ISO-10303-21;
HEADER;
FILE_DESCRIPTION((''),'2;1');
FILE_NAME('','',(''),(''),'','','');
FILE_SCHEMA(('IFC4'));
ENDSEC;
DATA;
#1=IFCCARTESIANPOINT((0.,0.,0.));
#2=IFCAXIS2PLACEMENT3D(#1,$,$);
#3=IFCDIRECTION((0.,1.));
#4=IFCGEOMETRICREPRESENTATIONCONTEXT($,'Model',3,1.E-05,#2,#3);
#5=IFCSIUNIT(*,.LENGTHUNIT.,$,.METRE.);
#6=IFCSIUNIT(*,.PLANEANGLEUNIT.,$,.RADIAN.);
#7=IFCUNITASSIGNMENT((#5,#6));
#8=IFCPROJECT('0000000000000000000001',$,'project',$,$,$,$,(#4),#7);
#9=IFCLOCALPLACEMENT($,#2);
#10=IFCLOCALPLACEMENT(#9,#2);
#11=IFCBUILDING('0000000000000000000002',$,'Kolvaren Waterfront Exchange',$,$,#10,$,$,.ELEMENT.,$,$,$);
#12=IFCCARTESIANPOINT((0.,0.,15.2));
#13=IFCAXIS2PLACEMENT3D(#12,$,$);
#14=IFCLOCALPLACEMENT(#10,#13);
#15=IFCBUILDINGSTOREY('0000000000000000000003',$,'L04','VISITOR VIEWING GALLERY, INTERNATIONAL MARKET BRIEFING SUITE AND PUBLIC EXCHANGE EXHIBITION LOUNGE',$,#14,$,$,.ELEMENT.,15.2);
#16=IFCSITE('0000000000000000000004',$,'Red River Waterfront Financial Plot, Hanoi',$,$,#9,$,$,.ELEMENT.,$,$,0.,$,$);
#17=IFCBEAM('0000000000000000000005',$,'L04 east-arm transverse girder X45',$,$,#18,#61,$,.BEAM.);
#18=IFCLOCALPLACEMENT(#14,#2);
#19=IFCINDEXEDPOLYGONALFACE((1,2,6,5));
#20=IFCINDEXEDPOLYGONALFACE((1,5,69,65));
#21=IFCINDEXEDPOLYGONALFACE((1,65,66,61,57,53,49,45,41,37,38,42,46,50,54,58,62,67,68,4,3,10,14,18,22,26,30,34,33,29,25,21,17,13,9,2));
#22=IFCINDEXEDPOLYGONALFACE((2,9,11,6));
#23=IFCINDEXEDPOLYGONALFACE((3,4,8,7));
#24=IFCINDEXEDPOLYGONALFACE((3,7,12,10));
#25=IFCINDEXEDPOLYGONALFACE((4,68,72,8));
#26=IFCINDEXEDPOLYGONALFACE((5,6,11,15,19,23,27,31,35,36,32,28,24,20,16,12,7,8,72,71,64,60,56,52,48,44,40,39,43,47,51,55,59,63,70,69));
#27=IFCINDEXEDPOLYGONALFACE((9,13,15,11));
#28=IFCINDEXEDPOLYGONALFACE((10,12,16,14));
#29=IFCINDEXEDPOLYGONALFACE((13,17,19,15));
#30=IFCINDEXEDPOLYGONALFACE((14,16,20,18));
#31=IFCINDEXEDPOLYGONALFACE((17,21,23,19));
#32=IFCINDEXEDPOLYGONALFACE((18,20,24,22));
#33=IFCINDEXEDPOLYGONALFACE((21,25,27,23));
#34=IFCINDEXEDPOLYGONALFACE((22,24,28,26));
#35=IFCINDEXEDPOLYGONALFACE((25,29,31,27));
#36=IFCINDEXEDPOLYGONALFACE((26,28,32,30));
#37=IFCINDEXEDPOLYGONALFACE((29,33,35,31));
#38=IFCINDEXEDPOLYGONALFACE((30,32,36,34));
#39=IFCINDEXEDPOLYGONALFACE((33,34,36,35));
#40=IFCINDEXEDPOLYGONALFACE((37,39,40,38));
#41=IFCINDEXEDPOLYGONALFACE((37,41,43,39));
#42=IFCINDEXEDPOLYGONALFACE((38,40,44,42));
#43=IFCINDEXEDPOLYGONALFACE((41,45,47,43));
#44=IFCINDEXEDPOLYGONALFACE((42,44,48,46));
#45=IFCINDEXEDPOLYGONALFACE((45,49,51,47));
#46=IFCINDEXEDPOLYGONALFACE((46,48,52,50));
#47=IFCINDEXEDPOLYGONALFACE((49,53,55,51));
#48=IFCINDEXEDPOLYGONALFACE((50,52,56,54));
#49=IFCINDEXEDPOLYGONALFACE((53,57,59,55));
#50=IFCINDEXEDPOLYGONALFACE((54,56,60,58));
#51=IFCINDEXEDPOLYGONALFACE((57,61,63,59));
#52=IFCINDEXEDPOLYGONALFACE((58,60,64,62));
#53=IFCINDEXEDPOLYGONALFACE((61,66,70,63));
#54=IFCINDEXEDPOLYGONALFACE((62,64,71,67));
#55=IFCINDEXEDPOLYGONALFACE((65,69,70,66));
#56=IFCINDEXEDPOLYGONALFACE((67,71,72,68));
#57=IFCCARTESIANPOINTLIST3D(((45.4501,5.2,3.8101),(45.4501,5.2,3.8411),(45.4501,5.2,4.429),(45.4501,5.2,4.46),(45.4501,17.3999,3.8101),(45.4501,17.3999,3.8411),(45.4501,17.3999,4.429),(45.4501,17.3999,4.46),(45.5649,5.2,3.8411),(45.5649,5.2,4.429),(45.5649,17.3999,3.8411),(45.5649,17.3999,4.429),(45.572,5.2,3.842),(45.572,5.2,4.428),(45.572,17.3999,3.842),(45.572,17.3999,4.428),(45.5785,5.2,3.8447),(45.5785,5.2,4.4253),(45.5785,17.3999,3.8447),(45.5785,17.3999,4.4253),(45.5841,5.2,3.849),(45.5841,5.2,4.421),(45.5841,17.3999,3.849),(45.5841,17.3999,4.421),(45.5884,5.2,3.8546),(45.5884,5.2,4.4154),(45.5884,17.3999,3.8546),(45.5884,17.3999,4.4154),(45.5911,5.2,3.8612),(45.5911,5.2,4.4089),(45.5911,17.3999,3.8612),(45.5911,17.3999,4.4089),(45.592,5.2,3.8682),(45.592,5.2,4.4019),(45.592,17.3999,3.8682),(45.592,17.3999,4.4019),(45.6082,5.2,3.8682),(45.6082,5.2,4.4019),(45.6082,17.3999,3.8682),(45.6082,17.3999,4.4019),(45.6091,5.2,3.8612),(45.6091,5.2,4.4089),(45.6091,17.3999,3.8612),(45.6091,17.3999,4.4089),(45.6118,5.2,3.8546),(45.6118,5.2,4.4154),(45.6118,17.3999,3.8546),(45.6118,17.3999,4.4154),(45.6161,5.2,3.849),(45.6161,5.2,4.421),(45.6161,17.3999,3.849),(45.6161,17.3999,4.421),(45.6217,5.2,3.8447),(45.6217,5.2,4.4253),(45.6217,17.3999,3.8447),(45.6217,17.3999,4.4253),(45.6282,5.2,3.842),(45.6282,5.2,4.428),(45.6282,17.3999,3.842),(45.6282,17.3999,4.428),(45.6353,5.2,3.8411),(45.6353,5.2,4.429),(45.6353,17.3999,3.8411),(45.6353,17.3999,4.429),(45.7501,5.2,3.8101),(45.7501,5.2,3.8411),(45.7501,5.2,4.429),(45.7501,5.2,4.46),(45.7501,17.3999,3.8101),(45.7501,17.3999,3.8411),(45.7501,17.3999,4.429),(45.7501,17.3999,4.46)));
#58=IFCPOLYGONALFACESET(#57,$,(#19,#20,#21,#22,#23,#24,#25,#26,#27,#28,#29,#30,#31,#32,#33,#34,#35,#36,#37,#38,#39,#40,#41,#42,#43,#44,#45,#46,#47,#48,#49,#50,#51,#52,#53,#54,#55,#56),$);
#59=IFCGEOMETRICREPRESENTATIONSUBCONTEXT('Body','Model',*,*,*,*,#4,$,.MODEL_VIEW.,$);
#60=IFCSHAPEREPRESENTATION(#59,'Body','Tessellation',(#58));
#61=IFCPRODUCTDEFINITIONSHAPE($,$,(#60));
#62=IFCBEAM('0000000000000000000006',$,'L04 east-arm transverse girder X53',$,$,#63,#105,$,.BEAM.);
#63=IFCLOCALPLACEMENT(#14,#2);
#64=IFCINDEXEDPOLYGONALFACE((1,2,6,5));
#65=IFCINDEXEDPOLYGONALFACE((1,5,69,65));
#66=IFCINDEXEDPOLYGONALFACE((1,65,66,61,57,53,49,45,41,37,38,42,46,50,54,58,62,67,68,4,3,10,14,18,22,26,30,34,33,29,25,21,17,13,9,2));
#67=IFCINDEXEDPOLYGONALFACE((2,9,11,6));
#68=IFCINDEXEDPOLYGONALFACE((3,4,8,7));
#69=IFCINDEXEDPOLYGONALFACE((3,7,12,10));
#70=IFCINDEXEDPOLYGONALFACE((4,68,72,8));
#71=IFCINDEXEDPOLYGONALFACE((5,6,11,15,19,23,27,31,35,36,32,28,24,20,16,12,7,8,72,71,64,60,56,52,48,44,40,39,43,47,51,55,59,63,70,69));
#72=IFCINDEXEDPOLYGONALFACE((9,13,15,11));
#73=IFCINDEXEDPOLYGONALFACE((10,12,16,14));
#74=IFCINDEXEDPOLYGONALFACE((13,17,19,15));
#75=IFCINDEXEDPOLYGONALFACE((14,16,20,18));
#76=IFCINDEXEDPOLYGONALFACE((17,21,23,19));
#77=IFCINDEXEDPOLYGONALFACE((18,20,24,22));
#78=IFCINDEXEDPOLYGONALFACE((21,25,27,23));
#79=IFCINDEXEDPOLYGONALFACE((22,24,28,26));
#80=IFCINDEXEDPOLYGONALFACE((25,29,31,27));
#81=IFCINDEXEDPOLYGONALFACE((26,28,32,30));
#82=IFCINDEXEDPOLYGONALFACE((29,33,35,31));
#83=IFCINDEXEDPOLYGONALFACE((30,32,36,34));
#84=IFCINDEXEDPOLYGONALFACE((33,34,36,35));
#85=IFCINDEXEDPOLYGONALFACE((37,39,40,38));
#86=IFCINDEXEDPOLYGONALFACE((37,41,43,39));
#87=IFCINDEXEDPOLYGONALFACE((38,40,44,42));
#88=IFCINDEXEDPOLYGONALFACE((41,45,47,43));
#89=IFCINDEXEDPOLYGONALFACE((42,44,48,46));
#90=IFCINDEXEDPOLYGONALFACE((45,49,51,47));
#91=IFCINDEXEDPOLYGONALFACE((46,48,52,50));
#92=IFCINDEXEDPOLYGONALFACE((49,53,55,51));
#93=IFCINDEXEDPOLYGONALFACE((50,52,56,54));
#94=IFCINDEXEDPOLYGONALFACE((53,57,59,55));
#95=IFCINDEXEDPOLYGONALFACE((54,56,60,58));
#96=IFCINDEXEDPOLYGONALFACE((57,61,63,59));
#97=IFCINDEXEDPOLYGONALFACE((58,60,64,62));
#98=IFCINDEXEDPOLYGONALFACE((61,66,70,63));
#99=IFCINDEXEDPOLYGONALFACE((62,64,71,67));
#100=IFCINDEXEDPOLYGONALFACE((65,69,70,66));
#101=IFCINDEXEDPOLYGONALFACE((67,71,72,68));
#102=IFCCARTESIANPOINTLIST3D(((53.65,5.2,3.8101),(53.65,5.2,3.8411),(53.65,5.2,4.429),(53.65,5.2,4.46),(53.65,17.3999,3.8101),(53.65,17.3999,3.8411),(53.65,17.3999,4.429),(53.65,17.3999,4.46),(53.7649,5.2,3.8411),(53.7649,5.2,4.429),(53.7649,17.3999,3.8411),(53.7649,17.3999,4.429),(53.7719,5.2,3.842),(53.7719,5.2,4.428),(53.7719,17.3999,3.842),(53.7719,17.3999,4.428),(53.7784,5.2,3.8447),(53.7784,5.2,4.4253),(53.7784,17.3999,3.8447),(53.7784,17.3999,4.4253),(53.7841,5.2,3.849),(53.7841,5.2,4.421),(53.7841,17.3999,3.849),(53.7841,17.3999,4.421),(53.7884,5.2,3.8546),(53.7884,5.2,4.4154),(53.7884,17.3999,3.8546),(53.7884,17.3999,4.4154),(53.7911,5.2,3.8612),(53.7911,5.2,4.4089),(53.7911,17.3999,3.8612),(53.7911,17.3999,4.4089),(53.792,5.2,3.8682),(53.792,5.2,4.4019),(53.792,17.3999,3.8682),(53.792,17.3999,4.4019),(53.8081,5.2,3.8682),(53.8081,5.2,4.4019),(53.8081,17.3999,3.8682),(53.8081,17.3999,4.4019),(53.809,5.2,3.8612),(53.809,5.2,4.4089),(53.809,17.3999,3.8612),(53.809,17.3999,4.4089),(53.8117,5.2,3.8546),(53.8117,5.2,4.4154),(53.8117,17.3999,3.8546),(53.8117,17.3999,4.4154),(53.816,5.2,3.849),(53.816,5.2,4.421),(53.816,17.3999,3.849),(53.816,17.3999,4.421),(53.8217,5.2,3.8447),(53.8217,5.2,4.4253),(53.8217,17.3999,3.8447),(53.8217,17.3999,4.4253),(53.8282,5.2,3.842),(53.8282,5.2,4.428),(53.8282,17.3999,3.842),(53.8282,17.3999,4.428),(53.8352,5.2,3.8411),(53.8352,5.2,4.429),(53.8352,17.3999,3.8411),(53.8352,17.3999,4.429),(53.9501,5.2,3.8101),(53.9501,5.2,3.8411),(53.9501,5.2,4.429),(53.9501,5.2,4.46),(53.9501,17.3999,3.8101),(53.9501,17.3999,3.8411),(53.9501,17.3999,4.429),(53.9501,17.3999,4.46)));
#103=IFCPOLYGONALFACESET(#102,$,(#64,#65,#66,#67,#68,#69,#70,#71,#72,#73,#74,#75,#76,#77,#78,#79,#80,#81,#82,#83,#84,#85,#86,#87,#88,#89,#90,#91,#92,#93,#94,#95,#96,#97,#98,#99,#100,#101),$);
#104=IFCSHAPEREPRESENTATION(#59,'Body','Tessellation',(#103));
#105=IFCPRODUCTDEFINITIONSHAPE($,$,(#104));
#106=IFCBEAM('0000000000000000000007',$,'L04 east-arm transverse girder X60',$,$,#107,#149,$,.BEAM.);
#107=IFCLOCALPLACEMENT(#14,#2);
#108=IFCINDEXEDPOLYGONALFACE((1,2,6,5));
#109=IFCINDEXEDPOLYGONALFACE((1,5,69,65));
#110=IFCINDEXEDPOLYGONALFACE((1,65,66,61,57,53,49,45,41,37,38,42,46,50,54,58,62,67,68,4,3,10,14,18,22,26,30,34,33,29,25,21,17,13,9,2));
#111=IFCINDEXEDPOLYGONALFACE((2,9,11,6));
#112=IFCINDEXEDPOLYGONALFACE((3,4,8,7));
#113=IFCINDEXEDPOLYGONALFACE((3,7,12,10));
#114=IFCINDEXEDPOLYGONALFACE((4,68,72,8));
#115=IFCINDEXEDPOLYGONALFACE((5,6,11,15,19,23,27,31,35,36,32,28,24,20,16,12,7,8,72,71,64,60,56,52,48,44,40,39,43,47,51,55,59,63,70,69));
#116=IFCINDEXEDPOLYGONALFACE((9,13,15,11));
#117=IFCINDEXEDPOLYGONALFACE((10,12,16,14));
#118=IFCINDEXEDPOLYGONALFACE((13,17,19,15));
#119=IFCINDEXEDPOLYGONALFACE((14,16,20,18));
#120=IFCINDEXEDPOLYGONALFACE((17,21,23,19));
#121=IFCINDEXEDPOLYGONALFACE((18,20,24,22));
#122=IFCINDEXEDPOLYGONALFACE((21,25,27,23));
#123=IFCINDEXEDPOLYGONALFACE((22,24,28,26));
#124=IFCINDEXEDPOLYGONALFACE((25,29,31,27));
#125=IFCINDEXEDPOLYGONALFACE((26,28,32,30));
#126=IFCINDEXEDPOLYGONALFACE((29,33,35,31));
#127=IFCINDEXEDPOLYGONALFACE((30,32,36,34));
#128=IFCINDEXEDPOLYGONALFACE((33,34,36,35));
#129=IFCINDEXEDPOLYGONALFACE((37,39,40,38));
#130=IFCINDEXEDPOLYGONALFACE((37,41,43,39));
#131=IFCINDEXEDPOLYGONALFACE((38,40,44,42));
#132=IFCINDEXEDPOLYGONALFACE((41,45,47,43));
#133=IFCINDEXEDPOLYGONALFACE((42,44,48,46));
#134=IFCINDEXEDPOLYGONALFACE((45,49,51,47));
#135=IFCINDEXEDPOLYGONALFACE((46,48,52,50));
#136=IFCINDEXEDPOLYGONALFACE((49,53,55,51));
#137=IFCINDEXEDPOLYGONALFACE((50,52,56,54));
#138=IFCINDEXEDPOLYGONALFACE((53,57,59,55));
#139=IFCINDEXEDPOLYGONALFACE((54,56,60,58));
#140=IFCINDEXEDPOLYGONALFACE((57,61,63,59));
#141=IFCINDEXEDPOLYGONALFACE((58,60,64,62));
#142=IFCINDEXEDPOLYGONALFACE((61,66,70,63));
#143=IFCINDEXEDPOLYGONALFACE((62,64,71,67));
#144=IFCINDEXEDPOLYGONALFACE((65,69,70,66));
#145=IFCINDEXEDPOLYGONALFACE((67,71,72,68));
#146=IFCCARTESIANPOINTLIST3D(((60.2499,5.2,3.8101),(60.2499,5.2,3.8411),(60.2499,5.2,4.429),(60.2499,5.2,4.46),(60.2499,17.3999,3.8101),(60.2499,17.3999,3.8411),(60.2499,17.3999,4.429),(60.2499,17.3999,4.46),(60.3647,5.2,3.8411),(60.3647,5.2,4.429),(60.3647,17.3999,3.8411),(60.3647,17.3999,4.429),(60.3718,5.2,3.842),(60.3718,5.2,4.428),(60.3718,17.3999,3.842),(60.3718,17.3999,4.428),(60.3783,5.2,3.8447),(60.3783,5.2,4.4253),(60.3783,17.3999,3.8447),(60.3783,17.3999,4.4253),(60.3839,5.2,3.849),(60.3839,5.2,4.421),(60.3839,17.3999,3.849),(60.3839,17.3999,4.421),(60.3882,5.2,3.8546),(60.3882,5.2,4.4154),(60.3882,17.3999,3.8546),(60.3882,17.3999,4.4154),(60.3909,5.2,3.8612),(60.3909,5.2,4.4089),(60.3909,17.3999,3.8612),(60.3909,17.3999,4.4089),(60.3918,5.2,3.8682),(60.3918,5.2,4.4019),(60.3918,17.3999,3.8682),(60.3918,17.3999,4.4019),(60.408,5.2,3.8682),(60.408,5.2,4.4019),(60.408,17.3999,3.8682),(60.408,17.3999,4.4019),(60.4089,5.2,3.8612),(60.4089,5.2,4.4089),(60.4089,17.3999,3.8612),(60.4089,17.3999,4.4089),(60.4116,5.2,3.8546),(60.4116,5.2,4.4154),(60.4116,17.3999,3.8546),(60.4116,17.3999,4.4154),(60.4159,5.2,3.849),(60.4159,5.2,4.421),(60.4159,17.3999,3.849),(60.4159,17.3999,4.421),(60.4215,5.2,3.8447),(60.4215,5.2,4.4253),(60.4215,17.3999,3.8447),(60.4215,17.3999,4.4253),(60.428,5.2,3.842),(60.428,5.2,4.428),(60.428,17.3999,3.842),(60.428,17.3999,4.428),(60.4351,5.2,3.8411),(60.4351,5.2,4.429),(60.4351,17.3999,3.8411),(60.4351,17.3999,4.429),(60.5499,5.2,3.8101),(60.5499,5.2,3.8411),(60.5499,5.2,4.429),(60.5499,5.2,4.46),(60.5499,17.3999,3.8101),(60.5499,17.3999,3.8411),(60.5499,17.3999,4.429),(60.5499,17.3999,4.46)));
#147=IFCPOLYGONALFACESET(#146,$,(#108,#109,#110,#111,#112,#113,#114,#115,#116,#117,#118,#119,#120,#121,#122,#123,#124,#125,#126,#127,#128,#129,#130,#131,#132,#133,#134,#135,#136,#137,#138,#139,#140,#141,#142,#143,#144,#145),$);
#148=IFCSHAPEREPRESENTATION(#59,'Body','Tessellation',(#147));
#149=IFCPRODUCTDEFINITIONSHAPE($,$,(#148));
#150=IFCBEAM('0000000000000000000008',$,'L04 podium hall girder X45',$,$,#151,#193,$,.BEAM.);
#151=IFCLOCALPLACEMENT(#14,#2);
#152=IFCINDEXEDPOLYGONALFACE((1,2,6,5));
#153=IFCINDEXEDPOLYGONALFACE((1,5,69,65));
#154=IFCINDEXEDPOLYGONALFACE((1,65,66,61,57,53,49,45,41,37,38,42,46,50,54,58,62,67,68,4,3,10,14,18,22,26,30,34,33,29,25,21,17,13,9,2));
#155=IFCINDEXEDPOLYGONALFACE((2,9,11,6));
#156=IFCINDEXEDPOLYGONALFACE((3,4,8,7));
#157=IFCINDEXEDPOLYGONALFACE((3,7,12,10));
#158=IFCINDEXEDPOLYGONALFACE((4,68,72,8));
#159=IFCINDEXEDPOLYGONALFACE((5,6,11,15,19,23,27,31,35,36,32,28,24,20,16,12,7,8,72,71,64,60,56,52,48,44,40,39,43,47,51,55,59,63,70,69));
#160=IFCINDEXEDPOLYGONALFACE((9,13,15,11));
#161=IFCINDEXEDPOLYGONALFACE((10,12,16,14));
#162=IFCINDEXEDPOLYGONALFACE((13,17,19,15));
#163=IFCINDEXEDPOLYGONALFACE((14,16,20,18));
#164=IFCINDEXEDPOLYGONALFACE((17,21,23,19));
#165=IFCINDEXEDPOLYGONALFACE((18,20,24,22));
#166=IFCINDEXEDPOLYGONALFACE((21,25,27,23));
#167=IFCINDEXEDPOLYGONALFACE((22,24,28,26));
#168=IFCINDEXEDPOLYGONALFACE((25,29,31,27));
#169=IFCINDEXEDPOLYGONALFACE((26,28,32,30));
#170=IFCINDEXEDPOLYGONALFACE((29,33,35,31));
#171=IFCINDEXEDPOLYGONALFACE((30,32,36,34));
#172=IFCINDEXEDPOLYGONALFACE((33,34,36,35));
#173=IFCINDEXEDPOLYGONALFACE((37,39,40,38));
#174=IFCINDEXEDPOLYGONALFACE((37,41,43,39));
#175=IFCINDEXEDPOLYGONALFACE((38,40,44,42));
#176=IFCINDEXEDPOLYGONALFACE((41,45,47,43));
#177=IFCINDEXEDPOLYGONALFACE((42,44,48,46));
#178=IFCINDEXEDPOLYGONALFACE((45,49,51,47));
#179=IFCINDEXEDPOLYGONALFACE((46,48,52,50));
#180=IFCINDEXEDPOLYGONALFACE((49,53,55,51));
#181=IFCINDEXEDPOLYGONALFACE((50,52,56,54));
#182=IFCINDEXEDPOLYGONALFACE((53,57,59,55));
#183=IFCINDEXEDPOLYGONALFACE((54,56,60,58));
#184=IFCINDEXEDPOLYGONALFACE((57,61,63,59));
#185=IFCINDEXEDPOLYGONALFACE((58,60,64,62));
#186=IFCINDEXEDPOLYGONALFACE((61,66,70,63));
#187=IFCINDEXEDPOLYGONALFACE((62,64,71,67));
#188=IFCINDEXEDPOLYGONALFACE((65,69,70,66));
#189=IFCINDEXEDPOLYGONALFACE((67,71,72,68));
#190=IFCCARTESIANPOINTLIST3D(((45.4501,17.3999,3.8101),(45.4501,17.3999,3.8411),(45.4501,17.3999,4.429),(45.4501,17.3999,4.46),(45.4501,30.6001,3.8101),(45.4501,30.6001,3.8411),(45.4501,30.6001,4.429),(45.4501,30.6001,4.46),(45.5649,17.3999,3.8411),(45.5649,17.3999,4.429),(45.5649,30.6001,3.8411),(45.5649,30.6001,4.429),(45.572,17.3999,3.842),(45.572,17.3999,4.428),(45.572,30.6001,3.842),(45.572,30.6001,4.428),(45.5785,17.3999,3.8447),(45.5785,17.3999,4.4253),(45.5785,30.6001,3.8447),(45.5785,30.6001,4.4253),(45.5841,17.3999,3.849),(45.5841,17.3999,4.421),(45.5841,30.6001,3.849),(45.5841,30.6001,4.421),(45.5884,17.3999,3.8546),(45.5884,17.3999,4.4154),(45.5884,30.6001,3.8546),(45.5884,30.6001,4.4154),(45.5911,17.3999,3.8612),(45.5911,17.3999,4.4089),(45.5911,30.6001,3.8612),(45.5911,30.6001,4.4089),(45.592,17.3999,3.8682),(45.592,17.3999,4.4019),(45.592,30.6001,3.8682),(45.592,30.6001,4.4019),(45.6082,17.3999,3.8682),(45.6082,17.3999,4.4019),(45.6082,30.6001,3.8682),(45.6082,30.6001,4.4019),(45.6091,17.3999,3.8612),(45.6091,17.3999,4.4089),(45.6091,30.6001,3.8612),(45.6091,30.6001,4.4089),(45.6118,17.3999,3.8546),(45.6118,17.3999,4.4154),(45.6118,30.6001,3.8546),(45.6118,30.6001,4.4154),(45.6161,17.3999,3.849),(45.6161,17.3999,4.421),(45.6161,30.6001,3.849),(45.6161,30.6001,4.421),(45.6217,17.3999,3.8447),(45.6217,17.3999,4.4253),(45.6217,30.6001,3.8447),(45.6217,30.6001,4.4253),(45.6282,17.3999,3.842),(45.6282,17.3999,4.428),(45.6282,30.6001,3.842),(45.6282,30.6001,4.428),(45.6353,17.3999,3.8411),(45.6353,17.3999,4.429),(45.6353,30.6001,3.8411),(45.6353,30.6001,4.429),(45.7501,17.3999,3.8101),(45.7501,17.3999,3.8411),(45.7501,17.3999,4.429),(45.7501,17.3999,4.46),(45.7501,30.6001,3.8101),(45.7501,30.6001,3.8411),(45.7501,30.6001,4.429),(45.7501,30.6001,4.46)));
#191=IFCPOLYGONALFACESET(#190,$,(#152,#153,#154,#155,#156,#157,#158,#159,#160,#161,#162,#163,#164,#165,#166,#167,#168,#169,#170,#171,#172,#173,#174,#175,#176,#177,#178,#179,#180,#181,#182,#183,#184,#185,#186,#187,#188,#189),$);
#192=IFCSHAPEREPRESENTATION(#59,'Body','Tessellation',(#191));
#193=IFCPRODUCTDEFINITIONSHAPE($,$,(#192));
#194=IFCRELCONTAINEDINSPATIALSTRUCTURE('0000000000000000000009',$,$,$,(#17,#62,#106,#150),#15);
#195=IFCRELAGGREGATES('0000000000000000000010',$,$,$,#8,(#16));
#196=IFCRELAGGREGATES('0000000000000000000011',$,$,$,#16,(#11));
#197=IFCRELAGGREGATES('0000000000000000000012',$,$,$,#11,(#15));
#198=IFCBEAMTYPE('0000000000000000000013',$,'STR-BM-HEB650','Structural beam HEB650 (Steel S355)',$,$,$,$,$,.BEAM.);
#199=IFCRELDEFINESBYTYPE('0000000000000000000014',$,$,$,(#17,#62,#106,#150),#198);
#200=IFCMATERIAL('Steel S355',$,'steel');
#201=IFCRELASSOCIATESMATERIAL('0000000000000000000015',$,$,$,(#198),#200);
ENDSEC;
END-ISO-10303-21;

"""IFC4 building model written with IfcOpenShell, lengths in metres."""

from ifc_helpers import new_model, si_unit, direction, frame, origin, origin_2d, place, context, subcontext, project, spatial, i_section, extrude, material, material_profile, profile_set, type_object, element, save


model = new_model("IFC4")

# Units and contexts
model_context = context("Model", 3, precision=1e-05, world=origin(), true_north=direction((0.0, 1.0)))
body_context = subcontext(model_context, "Body", "Model", "MODEL_VIEW")
ifc_project = project(units=[si_unit("LENGTHUNIT", "METRE"), si_unit("PLANEANGLEUNIT", "RADIAN")], contexts=[model_context])

# Site, building, storey
site_placement = place(None, origin())
site = spatial("IfcSite", under=ifc_project, at=site_placement, Name="Red River Waterfront Financial Plot, Hanoi", CompositionType="ELEMENT", RefElevation=0.0)
building_placement = place(site_placement, origin())
building = spatial("IfcBuilding", under=site, at=building_placement, Name="Kolvaren Waterfront Exchange", CompositionType="ELEMENT")
storey_placement = place(building_placement, frame((0.0, 0.0, 15.2)))
storey = spatial("IfcBuildingStorey", under=building, at=storey_placement, Name="L04", Description="VISITOR VIEWING GALLERY, INTERNATIONAL MARKET BRIEFING SUITE AND PUBLIC EXCHANGE EXHIBITION LOUNGE", CompositionType="ELEMENT", Elevation=15.2)

# Beams
ifc_material_1 = material(Name="Steel S355", Category="steel")
ifc_material_profile_1 = material_profile(ifc_material_1, i_section(OverallWidth=0.3, OverallDepth=0.6499, WebThickness=0.0161, FlangeThickness=0.031, FilletRadius=0.0271, at=origin_2d()), Name="HEB650")
ifc_profile_set_1 = profile_set([ifc_material_profile_1], Name="Steel S355")
beam_type_1 = type_object("IfcBeamType", Name="STR-BM-HEB650", Description="Structural beam HEB650 (Steel S355)", PredefinedType="BEAM", material=ifc_profile_set_1)
for number, where, z_axis, x_axis, name in (
    (1, (45.6001, 5.2, 4.135), (0.0, 1.0, 0.0), (-1.0, 0.0, 0.0), "L04 east-arm transverse girder X45"),
    (2, (53.8, 5.2, 4.135), (0.0, 1.0, 0.0), (-1.0, 0.0, 0.0), "L04 east-arm transverse girder X53"),
    (3, (60.3999, 5.2, 4.135), (0.0, 1.0, 0.0), (-1.0, 0.0, 0.0), "L04 east-arm transverse girder X60"),
):
    element("IfcBeam", number, at=place(storey_placement, frame(where, z_axis=z_axis, x_axis=x_axis)), inside=storey, type_object=beam_type_1, Name=name, PredefinedType="BEAM", context=body_context, shape_type="SweptSolid", body=[
        extrude(i_section(OverallWidth=0.3, OverallDepth=0.6499, WebThickness=0.0161, FlangeThickness=0.031, FilletRadius=0.0271, at=origin_2d()), origin(), (0.0, 0.0, 1.0), 12.2),
    ])
for number, where, z_axis, x_axis, name in (
    (4, (45.6001, 17.3999, 4.135), (0.0, 1.0, 0.0), (-1.0, 0.0, 0.0), "L04 podium hall girder X45"),
):
    element("IfcBeam", number, at=place(storey_placement, frame(where, z_axis=z_axis, x_axis=x_axis)), inside=storey, type_object=beam_type_1, Name=name, PredefinedType="BEAM", context=body_context, shape_type="SweptSolid", body=[
        extrude(i_section(OverallWidth=0.3, OverallDepth=0.6499, WebThickness=0.0161, FlangeThickness=0.031, FilletRadius=0.0271, at=origin_2d()), origin(), (0.0, 0.0, 1.0), 13.2002),
    ])

save(model, "model.ifc")
